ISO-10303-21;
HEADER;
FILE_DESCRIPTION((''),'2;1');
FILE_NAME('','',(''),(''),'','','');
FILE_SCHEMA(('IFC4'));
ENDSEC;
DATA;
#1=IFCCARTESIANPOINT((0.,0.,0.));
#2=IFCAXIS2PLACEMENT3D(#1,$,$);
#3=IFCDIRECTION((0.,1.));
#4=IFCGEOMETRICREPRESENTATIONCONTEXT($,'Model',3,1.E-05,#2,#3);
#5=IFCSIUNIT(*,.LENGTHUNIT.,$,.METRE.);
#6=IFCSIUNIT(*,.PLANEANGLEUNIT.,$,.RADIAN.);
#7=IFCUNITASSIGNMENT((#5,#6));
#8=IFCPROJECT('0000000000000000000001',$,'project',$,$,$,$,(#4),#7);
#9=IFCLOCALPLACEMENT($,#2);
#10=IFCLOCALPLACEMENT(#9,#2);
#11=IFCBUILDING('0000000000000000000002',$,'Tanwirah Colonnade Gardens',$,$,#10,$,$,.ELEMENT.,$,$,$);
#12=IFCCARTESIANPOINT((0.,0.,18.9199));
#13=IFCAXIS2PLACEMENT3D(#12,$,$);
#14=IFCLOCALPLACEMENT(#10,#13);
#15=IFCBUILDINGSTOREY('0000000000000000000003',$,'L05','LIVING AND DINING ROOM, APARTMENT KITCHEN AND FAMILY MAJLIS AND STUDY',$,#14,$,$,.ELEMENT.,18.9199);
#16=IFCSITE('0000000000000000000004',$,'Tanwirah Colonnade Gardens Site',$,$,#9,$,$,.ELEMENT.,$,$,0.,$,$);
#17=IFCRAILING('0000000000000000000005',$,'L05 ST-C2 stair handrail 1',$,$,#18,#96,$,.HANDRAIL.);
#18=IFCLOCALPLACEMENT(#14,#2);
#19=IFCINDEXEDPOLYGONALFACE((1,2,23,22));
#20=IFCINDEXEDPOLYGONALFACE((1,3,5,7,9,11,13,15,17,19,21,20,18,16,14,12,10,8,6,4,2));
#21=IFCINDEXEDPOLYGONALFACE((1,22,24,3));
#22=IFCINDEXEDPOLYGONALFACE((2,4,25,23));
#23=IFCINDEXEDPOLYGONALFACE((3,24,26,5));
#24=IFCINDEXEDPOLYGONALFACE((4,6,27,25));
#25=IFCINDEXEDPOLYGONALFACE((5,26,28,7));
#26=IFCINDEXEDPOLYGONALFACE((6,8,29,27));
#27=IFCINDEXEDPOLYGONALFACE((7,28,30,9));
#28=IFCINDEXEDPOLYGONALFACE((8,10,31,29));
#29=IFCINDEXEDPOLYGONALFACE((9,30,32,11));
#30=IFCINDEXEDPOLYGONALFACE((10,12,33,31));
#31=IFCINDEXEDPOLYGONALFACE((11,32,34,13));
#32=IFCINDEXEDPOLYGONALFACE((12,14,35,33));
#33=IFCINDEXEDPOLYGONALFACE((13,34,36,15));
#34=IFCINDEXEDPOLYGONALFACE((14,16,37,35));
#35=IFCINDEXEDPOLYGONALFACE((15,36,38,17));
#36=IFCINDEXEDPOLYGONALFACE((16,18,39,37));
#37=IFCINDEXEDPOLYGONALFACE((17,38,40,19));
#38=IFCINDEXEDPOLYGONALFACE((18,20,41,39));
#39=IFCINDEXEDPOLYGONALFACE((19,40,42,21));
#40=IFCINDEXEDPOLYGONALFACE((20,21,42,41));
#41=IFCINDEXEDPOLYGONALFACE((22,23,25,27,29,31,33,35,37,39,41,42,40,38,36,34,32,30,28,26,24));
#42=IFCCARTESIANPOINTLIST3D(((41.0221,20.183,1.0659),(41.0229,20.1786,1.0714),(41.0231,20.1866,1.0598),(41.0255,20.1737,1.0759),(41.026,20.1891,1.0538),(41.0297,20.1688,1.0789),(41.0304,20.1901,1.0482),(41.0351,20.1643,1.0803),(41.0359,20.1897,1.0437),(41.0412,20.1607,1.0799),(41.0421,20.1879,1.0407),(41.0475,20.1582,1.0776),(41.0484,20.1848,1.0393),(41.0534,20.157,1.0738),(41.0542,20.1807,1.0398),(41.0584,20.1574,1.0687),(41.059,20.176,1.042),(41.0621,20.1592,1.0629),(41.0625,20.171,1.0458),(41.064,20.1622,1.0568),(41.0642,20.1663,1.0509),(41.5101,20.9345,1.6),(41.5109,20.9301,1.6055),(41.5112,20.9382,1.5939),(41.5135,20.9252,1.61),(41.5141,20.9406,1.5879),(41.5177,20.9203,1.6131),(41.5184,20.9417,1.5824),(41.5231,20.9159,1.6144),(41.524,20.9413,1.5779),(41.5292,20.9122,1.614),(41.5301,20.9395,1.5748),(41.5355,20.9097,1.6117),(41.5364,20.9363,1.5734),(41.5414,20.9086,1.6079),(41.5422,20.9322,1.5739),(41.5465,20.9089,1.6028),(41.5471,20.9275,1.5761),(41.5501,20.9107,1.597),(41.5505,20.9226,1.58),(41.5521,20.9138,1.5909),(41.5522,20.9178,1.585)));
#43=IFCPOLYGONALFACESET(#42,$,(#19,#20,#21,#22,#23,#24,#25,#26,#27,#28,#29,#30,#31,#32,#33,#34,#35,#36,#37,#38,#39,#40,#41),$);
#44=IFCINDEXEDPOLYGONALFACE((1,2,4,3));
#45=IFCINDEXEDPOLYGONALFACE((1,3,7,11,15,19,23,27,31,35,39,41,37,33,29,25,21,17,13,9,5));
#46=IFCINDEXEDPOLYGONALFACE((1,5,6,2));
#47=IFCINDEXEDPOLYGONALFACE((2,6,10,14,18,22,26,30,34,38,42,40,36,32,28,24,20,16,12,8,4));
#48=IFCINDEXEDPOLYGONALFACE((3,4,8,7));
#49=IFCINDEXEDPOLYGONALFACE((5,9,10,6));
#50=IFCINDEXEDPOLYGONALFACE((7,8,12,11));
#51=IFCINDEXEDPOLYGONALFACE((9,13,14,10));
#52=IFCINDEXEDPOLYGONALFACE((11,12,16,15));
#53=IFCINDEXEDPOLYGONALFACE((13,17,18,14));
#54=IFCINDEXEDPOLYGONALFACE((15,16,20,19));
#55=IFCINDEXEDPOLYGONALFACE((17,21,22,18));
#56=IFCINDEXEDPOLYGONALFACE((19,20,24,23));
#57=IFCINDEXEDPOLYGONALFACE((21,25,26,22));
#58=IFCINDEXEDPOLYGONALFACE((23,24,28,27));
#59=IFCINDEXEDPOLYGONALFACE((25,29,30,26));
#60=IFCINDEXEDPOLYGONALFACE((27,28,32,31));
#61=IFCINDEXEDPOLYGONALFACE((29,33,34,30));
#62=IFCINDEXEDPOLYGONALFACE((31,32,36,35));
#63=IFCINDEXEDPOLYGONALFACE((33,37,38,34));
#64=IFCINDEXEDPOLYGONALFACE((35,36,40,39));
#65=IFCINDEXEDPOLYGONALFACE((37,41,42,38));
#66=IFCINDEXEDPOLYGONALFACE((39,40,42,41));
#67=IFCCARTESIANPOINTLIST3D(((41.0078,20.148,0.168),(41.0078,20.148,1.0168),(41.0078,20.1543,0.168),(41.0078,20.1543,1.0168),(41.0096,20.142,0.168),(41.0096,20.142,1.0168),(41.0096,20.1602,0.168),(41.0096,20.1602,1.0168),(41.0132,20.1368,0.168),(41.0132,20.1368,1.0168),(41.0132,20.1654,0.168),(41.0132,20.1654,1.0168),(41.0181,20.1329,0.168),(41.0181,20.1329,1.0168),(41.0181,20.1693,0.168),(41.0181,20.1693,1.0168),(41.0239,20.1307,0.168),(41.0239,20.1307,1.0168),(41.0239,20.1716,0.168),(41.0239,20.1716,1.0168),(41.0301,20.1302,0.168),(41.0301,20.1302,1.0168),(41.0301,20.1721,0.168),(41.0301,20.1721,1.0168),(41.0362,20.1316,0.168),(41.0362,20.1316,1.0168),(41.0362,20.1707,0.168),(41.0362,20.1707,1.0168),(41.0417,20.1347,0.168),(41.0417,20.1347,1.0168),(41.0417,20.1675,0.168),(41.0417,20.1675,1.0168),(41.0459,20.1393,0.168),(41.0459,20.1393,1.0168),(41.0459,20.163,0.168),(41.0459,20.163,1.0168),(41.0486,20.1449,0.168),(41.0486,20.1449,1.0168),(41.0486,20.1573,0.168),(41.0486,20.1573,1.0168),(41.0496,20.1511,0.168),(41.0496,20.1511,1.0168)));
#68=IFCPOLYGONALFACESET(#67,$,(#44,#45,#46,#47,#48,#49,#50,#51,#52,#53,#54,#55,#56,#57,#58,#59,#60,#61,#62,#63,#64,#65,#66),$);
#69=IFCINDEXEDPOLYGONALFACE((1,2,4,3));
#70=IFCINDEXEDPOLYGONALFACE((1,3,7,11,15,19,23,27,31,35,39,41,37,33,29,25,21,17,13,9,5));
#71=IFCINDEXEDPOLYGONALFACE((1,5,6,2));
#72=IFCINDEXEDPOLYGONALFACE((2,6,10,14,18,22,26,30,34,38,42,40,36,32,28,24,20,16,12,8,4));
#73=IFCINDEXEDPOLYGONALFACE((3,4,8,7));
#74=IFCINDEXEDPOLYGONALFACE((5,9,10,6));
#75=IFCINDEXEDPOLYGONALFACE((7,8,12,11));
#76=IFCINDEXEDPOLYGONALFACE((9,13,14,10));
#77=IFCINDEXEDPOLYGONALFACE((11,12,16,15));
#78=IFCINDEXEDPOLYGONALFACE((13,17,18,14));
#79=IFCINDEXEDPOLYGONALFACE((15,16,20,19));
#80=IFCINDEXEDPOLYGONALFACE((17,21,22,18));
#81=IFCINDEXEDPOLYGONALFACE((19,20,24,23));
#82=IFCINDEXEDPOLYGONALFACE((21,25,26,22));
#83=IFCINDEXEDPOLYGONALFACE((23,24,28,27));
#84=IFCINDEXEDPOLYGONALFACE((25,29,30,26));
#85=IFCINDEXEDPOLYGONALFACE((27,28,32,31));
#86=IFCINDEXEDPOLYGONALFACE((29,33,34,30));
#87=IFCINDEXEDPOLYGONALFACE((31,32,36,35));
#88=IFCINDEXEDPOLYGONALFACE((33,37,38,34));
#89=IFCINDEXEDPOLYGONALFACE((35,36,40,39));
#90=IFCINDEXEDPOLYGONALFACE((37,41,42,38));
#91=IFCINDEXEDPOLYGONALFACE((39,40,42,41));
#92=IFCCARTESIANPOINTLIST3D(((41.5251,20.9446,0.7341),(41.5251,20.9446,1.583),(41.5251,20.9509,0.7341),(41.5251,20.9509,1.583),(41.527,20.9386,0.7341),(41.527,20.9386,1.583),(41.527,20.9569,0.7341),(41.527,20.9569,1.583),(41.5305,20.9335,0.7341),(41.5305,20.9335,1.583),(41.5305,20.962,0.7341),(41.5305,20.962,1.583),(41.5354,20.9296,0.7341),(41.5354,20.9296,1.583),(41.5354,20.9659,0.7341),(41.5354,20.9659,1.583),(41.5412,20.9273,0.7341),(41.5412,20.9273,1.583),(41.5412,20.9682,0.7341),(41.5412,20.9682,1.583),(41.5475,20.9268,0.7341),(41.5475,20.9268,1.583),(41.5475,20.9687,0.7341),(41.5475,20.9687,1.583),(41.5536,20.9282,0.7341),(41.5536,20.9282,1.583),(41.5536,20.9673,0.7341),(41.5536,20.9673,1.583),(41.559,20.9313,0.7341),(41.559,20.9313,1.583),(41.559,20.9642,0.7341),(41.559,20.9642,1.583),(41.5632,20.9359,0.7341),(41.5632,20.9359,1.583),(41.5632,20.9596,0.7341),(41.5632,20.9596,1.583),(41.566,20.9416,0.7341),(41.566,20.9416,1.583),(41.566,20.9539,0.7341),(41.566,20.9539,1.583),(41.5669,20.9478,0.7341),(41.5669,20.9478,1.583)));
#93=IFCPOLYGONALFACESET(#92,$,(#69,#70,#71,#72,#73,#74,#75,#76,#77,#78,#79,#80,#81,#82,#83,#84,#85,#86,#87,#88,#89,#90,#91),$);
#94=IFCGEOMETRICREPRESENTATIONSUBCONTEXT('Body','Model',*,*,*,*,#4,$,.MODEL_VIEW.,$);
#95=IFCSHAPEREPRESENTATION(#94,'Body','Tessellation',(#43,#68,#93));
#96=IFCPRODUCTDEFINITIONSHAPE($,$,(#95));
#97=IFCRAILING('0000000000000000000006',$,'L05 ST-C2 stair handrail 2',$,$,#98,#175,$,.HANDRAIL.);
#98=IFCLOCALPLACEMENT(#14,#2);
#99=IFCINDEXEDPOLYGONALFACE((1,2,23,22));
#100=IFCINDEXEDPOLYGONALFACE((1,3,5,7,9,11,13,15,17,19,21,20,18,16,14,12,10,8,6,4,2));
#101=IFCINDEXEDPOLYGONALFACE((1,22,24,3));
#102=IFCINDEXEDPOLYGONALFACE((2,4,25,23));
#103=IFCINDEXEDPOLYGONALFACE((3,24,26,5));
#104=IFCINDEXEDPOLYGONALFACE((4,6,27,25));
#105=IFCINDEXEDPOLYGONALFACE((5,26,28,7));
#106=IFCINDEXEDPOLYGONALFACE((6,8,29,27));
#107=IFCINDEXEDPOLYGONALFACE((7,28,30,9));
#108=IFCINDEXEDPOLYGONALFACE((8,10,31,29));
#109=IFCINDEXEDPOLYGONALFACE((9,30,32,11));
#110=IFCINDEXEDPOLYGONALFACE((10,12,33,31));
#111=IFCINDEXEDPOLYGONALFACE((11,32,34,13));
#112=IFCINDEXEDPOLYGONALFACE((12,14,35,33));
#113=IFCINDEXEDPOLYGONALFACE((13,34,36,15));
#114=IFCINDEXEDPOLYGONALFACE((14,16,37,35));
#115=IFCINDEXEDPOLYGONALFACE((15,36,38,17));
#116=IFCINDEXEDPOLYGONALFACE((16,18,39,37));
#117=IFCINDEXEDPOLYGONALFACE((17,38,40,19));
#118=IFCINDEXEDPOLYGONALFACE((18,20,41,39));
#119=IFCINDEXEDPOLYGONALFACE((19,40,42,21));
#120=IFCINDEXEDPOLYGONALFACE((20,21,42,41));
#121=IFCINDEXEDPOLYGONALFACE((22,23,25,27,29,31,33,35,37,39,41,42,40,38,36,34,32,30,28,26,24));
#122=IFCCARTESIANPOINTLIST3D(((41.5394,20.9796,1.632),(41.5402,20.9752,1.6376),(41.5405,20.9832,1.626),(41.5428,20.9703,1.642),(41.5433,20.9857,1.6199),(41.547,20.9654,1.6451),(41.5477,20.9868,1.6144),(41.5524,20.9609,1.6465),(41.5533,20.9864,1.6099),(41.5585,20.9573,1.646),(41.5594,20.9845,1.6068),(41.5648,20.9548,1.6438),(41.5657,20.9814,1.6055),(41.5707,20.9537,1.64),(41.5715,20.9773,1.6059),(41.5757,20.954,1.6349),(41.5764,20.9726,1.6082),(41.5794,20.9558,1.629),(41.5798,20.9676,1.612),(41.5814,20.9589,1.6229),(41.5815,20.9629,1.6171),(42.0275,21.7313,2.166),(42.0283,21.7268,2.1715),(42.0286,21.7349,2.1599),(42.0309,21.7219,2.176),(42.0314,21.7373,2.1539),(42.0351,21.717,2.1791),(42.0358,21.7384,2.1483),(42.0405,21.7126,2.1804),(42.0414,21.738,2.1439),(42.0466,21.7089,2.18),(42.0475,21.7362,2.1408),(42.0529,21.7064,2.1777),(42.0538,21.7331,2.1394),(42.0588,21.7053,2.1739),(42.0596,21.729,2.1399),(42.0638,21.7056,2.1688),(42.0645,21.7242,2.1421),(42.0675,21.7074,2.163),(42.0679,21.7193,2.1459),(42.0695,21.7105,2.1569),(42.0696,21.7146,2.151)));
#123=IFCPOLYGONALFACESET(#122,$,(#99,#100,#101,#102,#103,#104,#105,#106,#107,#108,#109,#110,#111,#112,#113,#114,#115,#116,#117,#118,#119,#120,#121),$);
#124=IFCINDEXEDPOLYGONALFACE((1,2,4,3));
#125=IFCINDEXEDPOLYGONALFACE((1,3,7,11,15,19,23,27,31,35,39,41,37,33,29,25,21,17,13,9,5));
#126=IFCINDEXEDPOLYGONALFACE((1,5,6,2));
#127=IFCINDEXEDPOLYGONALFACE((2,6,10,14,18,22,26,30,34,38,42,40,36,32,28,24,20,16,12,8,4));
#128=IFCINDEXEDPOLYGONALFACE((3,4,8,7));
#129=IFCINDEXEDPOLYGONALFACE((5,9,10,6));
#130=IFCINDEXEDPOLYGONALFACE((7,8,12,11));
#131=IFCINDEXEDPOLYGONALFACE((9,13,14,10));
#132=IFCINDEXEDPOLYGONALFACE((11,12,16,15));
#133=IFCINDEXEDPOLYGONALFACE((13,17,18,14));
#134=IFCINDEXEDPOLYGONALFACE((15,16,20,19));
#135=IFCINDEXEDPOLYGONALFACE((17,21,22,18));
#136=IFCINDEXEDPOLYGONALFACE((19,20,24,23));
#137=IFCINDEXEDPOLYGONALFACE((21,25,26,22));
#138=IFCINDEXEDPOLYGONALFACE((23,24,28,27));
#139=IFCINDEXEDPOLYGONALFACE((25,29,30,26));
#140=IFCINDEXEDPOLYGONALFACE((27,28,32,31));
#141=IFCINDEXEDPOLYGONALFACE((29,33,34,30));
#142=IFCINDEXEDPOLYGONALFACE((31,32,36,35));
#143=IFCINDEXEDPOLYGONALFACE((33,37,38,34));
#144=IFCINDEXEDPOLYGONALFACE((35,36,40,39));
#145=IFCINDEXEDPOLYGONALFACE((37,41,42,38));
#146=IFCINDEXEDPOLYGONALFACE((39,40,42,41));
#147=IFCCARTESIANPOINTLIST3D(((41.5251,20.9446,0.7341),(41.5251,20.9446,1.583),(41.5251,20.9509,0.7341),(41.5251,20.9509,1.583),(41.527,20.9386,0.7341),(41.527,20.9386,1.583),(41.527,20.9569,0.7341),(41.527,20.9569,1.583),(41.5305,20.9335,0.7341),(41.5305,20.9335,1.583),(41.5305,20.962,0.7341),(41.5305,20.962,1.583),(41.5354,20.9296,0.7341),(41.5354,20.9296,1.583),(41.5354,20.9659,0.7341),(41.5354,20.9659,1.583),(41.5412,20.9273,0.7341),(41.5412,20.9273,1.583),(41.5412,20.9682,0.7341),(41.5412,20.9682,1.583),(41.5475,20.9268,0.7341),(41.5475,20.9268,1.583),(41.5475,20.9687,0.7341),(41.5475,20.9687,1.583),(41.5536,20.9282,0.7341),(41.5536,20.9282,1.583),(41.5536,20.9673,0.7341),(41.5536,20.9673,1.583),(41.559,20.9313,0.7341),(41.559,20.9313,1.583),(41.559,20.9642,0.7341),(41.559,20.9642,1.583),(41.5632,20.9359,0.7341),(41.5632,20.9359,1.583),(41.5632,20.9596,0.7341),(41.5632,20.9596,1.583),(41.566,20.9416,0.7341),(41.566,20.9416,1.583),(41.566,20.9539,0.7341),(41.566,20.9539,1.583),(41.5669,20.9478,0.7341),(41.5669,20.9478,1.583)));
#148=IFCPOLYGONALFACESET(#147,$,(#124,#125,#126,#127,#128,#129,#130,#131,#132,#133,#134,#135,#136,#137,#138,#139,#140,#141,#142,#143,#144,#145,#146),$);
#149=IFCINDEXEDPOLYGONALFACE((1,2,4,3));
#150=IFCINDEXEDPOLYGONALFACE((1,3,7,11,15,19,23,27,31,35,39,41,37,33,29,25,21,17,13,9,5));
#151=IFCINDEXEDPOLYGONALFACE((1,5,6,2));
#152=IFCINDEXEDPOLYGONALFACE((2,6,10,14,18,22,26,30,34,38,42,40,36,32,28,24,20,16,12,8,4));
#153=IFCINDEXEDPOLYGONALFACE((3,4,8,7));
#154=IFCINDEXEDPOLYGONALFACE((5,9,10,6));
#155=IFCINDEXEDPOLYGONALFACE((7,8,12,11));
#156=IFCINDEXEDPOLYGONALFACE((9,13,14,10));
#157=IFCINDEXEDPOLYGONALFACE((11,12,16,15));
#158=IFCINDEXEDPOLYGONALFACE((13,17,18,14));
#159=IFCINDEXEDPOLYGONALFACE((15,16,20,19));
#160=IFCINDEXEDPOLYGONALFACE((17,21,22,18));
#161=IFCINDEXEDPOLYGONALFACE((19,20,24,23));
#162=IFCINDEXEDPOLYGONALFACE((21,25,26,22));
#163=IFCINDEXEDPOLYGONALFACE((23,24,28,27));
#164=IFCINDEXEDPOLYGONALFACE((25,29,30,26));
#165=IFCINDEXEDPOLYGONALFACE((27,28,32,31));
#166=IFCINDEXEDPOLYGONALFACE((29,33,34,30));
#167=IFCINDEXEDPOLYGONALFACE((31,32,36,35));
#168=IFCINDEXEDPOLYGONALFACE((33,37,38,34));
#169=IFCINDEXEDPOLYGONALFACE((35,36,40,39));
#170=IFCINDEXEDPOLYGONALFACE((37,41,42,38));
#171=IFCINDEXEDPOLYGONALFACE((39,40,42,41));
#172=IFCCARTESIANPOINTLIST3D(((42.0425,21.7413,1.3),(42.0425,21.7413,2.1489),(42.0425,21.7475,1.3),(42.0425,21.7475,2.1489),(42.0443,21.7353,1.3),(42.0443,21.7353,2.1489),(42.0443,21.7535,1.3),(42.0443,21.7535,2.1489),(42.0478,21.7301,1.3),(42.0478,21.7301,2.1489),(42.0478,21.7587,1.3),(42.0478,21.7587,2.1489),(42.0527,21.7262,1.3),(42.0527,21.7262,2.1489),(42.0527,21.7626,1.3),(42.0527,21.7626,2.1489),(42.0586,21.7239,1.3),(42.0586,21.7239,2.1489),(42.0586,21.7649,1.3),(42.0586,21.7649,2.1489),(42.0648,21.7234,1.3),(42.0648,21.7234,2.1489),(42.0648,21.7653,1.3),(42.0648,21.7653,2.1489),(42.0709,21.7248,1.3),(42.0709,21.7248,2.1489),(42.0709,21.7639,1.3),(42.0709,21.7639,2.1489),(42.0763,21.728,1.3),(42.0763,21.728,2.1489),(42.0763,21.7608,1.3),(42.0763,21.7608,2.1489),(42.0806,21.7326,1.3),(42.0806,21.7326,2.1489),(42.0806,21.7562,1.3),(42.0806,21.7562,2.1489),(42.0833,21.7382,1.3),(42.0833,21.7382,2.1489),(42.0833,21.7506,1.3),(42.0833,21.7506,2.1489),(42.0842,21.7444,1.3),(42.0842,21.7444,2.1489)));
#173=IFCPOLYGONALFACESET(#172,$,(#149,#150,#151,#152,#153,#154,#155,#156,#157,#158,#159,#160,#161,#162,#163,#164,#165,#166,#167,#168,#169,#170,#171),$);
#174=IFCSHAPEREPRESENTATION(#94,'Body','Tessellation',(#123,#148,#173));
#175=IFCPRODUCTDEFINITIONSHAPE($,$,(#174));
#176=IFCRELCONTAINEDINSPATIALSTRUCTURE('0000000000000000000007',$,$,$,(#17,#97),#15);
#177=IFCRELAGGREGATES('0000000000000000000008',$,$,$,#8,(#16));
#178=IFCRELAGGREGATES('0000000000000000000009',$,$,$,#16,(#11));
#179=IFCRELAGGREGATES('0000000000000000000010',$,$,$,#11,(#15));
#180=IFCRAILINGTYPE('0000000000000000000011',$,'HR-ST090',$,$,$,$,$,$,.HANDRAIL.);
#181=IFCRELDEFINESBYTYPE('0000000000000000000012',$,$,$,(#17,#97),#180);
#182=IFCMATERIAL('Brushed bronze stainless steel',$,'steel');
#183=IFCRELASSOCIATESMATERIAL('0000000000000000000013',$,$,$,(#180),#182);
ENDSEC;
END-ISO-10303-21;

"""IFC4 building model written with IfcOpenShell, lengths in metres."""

from ifc_helpers import new_model, si_unit, direction, frame, origin, origin_2d, place, context, subcontext, project, spatial, circle, extrude, material, type_object, element, save


model = new_model("IFC4")

# Units and contexts
model_context = context("Model", 3, precision=1e-05, world=origin(), true_north=direction((0.0, 1.0)))
body_context = subcontext(model_context, "Body", "Model", "MODEL_VIEW")
ifc_project = project(units=[si_unit("LENGTHUNIT", "METRE"), si_unit("PLANEANGLEUNIT", "RADIAN")], contexts=[model_context])

# Site, building, storey
site_placement = place(None, origin())
site = spatial("IfcSite", under=ifc_project, at=site_placement, Name="Tanwirah Colonnade Gardens Site", CompositionType="ELEMENT", RefElevation=0.0)
building_placement = place(site_placement, origin())
building = spatial("IfcBuilding", under=site, at=building_placement, Name="Tanwirah Colonnade Gardens", CompositionType="ELEMENT")
storey_placement = place(building_placement, frame((0.0, 0.0, 18.9199)))
storey = spatial("IfcBuildingStorey", under=building, at=storey_placement, Name="L05", Description="LIVING AND DINING ROOM, APARTMENT KITCHEN AND FAMILY MAJLIS AND STUDY", CompositionType="ELEMENT", Elevation=18.9199)

# Railings
ifc_material_1 = material(Name="Brushed bronze stainless steel", Category="steel")
railing_type_1 = type_object("IfcRailingType", Name="HR-ST090", PredefinedType="HANDRAIL", material=ifc_material_1)
railing_1_placement = place(storey_placement, frame((41.0286, 20.1511, 0.168)))
element("IfcRailing", 1, at=railing_1_placement, inside=storey, type_object=railing_type_1, Name="L05 ST-C2 stair handrail 1", PredefinedType="HANDRAIL", context=body_context, shape_type="SweptSolid", body=[
    extrude(circle(Radius=0.0239, at=origin_2d()), frame((0.0146, 0.0225, 0.8918), z_axis=(0.467837, 0.720411, 0.511993), x_axis=(-0.838673, 0.544636, 0.0)), (0.0, 0.0, 1.0), 1.0432),
    extrude(circle(Radius=0.021, at=origin_2d()), origin(), (0.0, 0.0, 1.0), 0.8489),
    extrude(circle(Radius=0.021, at=origin_2d()), frame((0.5173, 0.7966, 0.5662)), (0.0, 0.0, 1.0), 0.8489),
])
railing_2_placement = place(storey_placement, frame((41.5459, 20.9478, 0.7341)))
element("IfcRailing", 2, at=railing_2_placement, inside=storey, type_object=railing_type_1, Name="L05 ST-C2 stair handrail 2", PredefinedType="HANDRAIL", context=body_context, shape_type="SweptSolid", body=[
    extrude(circle(Radius=0.0239, at=origin_2d()), frame((0.0146, 0.0225, 0.8918), z_axis=(0.46789, 0.720492, 0.51183), x_axis=(-0.838673, 0.544636, 0.0)), (0.0, 0.0, 1.0), 1.0432),
    extrude(circle(Radius=0.021, at=origin_2d()), origin(), (0.0, 0.0, 1.0), 0.8489),
    extrude(circle(Radius=0.021, at=origin_2d()), frame((0.5173, 0.7966, 0.5659)), (0.0, 0.0, 1.0), 0.8489),
])

save(model, "model.ifc")
